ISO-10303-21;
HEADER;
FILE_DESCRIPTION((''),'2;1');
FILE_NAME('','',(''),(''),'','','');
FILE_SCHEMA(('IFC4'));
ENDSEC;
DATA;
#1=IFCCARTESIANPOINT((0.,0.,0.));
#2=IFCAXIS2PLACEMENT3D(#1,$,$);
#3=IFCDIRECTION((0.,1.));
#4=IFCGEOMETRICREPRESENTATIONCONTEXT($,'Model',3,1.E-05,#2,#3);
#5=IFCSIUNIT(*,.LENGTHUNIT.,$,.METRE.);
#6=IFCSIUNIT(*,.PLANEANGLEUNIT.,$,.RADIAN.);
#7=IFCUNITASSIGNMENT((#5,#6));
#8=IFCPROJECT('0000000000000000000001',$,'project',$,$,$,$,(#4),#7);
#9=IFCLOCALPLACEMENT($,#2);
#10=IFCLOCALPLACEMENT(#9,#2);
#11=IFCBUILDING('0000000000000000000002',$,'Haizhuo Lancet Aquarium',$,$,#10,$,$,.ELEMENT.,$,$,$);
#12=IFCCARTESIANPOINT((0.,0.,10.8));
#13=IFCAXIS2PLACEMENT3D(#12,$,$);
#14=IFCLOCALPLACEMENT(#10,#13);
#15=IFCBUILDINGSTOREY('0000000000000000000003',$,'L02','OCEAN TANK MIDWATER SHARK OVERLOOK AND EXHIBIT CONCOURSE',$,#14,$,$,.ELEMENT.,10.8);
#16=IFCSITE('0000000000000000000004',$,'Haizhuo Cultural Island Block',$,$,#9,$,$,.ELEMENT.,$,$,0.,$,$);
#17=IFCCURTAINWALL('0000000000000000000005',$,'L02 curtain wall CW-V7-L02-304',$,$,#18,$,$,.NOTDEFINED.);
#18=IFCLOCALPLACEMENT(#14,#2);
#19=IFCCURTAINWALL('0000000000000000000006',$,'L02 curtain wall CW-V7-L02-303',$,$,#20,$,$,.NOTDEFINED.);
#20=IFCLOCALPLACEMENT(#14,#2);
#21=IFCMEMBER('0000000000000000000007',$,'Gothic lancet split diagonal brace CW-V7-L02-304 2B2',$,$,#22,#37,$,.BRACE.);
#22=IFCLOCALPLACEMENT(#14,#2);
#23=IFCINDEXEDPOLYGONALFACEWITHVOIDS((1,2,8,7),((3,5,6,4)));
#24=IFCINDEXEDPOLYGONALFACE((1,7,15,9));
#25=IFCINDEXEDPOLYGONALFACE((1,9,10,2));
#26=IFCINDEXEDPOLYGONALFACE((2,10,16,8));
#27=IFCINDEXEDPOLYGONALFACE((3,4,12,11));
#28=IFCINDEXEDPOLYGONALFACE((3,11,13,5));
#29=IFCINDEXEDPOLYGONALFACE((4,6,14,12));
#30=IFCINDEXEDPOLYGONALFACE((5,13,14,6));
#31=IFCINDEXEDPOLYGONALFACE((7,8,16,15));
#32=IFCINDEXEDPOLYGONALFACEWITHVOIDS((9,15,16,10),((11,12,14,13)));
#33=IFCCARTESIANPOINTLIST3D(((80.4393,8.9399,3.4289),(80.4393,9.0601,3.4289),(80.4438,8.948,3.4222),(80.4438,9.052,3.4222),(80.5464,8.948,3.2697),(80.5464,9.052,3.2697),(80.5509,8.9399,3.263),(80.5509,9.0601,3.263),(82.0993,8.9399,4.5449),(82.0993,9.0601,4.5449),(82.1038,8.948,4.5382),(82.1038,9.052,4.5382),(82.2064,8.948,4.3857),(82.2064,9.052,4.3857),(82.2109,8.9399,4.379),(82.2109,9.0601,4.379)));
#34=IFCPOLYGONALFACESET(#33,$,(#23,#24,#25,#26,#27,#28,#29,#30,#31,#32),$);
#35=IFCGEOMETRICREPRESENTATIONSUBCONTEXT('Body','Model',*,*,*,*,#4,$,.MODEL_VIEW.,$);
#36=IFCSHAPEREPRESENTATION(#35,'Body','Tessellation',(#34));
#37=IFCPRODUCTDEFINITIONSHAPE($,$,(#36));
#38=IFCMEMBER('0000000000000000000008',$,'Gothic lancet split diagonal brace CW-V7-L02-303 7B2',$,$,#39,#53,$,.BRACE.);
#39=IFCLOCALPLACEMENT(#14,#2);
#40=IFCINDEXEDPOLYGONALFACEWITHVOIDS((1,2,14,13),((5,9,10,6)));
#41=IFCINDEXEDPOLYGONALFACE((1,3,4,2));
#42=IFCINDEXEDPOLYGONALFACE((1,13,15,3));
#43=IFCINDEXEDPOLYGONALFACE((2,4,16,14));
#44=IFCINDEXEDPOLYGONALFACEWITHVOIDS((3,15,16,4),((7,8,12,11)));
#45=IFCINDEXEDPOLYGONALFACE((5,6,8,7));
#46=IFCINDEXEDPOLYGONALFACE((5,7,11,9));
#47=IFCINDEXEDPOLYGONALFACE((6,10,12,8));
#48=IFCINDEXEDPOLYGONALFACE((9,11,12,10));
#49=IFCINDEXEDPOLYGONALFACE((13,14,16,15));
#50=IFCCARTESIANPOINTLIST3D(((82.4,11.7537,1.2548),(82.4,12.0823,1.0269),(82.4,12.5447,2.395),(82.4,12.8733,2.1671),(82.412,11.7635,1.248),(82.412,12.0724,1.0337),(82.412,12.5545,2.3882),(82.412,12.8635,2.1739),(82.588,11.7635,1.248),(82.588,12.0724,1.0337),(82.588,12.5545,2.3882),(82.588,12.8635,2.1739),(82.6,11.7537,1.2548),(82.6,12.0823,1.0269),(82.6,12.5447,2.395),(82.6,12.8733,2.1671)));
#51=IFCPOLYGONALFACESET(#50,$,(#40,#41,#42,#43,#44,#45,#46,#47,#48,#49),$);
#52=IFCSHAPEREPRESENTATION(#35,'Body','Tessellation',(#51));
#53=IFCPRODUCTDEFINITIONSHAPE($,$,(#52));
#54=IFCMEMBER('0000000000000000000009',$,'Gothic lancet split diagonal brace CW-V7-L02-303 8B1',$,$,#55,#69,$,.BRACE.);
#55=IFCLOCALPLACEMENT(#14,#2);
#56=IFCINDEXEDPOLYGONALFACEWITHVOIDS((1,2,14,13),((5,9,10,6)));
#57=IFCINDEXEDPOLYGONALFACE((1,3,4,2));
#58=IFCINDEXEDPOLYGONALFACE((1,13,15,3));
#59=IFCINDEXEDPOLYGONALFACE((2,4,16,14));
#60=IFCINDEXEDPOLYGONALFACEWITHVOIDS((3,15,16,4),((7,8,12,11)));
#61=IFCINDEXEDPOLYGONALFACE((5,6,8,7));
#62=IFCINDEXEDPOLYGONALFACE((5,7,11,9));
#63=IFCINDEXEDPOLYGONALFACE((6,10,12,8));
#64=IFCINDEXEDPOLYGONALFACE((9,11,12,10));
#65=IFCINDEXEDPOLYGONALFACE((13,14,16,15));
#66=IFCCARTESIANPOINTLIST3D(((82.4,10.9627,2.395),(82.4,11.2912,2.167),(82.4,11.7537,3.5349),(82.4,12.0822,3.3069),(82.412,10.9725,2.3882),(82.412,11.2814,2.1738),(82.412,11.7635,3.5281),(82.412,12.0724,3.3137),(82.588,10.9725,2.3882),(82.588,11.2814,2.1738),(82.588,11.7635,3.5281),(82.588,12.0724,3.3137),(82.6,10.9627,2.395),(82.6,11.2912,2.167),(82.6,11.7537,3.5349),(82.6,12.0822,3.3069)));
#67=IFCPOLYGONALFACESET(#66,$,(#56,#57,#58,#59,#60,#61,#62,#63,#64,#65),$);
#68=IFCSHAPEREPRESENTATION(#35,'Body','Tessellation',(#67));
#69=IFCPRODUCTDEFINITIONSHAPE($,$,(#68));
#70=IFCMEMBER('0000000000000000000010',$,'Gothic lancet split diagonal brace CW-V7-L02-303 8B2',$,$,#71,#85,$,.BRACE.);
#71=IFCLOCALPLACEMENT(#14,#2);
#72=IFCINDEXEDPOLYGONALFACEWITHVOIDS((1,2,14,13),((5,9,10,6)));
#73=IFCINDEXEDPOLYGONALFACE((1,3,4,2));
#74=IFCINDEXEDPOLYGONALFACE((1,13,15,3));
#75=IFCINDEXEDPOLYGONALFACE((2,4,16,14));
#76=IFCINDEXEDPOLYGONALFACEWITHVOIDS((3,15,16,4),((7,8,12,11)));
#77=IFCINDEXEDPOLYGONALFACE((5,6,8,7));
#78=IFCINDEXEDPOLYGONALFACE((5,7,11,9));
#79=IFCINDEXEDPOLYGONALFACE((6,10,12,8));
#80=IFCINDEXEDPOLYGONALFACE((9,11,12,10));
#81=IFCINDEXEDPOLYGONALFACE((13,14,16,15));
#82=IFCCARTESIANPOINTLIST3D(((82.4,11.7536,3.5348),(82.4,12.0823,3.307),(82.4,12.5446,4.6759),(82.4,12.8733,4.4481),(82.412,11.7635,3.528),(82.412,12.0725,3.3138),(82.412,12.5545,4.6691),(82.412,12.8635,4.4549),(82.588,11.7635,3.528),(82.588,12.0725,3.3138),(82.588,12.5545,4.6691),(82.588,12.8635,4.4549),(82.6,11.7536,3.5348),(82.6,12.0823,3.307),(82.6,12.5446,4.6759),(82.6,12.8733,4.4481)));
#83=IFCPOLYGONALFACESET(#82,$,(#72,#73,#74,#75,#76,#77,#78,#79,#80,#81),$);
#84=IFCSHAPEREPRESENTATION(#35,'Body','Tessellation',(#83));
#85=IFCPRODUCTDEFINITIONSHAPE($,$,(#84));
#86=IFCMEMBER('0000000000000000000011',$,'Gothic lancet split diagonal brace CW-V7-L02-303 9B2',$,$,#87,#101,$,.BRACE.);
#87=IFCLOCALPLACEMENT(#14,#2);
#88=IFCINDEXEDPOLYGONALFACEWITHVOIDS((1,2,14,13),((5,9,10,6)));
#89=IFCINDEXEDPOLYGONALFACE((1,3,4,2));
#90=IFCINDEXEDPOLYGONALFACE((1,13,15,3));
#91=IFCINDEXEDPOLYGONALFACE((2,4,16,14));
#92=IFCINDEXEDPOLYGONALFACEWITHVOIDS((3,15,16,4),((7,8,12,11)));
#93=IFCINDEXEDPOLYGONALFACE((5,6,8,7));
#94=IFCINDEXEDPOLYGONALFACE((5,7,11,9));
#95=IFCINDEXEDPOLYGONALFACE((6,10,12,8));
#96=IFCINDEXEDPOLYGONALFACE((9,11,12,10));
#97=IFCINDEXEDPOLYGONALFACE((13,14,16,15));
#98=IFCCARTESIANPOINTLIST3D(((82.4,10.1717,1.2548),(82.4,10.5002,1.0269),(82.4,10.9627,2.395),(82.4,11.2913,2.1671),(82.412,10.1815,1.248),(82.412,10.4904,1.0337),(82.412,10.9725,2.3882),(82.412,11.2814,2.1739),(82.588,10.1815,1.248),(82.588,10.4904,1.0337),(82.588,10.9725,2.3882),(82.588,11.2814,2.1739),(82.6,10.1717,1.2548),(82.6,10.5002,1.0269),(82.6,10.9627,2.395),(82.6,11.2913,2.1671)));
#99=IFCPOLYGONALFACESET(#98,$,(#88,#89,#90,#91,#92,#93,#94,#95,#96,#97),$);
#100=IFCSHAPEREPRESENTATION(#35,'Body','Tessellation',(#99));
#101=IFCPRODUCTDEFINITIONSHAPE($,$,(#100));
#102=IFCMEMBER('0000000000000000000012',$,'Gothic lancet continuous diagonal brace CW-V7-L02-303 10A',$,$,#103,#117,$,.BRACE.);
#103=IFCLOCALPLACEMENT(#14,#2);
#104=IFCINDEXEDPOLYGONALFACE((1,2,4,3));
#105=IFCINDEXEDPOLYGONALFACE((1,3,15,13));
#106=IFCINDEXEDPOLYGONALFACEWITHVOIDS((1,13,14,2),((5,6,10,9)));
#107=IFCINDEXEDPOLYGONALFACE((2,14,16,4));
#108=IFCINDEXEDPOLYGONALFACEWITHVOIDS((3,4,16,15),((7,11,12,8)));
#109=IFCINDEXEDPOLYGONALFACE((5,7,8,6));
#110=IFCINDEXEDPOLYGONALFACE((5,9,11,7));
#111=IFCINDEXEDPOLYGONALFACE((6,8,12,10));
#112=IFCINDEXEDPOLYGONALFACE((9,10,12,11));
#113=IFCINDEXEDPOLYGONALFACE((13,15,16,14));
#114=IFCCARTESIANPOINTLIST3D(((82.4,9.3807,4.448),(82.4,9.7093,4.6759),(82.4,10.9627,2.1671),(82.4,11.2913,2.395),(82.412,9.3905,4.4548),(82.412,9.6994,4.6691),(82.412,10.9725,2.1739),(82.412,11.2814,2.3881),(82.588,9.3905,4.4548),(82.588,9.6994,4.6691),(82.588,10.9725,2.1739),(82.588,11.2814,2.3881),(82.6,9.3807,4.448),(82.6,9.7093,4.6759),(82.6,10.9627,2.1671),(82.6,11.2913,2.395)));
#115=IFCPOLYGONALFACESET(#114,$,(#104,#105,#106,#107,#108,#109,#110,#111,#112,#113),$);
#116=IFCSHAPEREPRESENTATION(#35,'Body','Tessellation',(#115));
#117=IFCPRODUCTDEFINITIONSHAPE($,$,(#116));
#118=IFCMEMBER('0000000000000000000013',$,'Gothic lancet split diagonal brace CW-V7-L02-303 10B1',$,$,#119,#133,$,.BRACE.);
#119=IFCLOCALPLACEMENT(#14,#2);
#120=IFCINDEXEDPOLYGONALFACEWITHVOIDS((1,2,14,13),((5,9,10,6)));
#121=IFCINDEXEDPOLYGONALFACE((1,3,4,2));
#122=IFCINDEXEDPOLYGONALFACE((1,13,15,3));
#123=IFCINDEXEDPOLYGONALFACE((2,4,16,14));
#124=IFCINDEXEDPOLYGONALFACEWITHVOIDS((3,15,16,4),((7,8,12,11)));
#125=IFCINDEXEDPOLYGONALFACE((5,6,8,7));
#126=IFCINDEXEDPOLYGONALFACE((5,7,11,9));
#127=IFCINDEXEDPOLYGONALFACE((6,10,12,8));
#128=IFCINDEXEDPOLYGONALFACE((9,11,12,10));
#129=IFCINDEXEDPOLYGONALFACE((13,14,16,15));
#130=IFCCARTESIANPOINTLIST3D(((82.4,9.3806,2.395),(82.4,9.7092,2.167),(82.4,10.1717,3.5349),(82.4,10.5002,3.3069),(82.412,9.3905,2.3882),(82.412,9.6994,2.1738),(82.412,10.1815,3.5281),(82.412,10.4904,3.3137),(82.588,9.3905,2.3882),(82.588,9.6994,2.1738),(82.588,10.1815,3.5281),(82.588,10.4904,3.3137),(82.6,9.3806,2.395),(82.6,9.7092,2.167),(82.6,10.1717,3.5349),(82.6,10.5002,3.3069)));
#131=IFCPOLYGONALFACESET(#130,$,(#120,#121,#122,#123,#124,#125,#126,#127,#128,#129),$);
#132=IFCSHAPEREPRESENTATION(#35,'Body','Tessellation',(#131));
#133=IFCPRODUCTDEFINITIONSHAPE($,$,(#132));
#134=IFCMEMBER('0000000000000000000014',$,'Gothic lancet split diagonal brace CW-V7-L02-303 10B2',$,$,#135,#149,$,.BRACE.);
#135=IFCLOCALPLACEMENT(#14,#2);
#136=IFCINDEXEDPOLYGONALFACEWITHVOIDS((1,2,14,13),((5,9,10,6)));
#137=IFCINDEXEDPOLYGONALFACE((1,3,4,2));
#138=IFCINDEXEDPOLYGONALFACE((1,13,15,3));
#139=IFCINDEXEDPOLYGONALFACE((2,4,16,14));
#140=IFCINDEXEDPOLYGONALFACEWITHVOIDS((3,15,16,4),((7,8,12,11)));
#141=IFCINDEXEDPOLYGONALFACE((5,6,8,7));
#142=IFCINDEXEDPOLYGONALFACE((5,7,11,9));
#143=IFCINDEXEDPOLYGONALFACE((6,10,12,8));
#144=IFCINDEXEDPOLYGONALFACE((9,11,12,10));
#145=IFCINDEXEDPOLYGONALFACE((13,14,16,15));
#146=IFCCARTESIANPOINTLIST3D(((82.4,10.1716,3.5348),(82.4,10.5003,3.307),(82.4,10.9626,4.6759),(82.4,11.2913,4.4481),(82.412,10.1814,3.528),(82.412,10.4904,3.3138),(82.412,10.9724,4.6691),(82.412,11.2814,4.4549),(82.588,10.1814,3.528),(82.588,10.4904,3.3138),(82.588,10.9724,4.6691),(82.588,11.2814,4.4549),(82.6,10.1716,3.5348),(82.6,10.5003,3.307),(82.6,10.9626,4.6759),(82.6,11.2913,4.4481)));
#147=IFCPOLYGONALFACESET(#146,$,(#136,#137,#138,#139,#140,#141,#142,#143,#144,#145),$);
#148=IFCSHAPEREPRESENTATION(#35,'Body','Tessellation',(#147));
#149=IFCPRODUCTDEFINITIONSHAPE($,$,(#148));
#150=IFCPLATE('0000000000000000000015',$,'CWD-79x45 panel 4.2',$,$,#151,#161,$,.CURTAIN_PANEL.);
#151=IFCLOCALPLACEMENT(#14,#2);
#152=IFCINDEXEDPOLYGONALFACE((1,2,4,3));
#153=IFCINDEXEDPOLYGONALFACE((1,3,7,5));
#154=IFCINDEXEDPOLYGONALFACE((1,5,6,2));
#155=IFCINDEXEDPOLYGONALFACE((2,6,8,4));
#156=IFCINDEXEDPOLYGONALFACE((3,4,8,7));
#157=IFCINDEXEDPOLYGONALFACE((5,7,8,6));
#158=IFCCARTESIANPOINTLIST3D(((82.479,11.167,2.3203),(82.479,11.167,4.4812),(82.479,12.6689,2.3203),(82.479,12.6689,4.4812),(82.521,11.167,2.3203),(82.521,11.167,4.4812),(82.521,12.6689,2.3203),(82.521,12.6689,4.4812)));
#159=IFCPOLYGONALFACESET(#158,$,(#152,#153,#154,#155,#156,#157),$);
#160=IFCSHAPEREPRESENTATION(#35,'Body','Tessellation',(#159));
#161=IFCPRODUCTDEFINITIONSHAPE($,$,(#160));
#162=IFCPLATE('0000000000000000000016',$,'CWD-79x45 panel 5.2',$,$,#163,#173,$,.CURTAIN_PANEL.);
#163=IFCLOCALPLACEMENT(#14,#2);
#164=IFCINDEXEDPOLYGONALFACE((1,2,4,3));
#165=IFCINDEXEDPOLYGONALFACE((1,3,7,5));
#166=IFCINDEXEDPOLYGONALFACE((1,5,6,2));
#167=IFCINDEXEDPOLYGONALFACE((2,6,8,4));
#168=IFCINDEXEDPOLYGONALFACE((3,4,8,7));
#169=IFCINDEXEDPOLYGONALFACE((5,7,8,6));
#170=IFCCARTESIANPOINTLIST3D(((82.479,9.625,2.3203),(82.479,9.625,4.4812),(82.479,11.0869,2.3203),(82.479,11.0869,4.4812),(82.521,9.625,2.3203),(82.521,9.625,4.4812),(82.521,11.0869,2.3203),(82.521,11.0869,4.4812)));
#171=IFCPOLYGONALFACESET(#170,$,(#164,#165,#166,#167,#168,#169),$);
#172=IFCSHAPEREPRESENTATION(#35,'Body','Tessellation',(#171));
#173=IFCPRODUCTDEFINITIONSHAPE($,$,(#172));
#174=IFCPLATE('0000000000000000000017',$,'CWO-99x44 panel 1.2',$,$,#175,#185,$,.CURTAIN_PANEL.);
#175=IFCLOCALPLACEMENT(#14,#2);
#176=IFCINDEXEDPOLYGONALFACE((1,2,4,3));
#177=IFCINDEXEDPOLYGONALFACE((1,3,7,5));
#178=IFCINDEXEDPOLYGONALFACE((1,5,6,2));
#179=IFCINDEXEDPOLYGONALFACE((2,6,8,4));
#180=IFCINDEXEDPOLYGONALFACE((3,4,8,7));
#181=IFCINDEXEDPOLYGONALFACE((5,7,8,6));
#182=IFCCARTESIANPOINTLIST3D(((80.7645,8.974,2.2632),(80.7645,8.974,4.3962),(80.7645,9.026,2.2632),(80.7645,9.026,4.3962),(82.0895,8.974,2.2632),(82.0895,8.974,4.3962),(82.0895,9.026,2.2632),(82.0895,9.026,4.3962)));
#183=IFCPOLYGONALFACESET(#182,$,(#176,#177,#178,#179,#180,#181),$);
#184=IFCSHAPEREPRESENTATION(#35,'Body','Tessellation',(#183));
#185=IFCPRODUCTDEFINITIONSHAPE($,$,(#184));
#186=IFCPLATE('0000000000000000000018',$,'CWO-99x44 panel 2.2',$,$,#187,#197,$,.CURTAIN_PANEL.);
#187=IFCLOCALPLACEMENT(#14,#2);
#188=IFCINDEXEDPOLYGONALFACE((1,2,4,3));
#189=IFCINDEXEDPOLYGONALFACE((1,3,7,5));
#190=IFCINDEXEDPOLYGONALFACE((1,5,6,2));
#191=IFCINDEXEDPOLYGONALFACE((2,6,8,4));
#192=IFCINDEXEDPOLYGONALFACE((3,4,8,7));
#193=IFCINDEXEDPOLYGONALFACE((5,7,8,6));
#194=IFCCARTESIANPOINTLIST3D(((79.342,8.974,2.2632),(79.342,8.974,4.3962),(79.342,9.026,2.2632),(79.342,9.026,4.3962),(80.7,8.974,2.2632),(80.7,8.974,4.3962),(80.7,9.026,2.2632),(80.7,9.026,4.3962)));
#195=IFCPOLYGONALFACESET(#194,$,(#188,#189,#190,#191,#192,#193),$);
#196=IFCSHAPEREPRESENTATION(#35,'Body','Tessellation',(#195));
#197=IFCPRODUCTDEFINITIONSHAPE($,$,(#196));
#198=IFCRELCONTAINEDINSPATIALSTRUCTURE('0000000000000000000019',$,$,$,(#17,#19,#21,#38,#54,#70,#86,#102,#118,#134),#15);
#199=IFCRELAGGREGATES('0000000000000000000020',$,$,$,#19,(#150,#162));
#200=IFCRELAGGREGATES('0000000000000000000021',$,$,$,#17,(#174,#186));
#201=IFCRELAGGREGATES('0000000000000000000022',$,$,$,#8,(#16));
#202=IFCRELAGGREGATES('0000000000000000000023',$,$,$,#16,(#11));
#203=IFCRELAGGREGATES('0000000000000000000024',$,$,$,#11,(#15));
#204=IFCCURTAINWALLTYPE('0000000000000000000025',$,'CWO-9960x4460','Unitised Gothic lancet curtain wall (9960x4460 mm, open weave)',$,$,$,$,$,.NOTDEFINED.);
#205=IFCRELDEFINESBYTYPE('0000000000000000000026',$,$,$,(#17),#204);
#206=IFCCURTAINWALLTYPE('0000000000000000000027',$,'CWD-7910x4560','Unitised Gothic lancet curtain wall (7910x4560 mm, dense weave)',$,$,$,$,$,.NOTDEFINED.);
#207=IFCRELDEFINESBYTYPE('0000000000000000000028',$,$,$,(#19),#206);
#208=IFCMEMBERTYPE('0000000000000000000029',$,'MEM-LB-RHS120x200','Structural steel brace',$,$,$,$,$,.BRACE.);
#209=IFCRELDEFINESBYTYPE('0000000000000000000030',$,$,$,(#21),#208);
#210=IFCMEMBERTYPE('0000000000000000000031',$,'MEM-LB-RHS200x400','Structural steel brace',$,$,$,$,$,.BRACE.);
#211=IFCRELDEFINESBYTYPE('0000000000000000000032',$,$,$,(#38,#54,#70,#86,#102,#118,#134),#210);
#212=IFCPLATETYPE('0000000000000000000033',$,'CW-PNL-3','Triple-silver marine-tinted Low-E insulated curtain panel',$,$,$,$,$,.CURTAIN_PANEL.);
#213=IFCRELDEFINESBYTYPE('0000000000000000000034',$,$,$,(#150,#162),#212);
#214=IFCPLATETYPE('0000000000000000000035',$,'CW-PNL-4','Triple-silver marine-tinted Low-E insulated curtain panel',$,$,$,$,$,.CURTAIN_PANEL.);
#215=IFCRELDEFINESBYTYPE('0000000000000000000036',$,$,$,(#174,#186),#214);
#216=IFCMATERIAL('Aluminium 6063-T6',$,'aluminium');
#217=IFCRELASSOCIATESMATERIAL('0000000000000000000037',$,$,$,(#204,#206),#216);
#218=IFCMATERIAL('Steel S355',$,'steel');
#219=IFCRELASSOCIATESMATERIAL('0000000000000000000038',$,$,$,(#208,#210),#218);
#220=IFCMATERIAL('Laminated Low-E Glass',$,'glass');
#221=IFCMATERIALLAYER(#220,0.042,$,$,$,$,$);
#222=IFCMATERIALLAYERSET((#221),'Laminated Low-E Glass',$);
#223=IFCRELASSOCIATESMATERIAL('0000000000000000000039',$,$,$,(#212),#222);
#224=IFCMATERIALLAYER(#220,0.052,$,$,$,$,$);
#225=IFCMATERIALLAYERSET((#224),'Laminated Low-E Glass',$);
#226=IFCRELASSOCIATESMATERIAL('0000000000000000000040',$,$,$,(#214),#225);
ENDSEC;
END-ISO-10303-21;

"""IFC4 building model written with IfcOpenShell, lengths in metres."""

from ifc_helpers import new_model, si_unit, direction, frame, origin, origin_2d, place, context, subcontext, project, spatial, rectangle, hollow_rectangle, extrude, material, layer, layer_set, material_profile, profile_set, type_object, element, aggregate, save


model = new_model("IFC4")

# Units and contexts
model_context = context("Model", 3, precision=1e-05, world=origin(), true_north=direction((0.0, 1.0)))
body_context = subcontext(model_context, "Body", "Model", "MODEL_VIEW")
ifc_project = project(units=[si_unit("LENGTHUNIT", "METRE"), si_unit("PLANEANGLEUNIT", "RADIAN")], contexts=[model_context])

# Site, building, storey
site_placement = place(None, origin())
site = spatial("IfcSite", under=ifc_project, at=site_placement, Name="Haizhuo Cultural Island Block", CompositionType="ELEMENT", RefElevation=0.0)
building_placement = place(site_placement, origin())
building = spatial("IfcBuilding", under=site, at=building_placement, Name="Haizhuo Lancet Aquarium", CompositionType="ELEMENT")
storey_placement = place(building_placement, frame((0.0, 0.0, 10.8)))
storey = spatial("IfcBuildingStorey", under=building, at=storey_placement, Name="L02", Description="OCEAN TANK MIDWATER SHARK OVERLOOK AND EXHIBIT CONCOURSE", CompositionType="ELEMENT", Elevation=10.8)

# Shared definitions
ifc_material_1 = material(Name="Steel S355", Category="steel")

# Curtain walls
ifc_material_2 = material(Name="Aluminium 6063-T6", Category="aluminium")
curtain_wall_type_1 = type_object("IfcCurtainWallType", Name="CWO-9960x4460", Description="Unitised Gothic lancet curtain wall (9960x4460 mm, open weave)", PredefinedType="NOTDEFINED", material=ifc_material_2)
curtain_wall_1_placement = place(storey_placement, origin())
curtain_wall_1 = element("IfcCurtainWall", 1, at=curtain_wall_1_placement, inside=storey, type_object=curtain_wall_type_1, Name="L02 curtain wall CW-V7-L02-304", PredefinedType="NOTDEFINED")
curtain_wall_type_2 = type_object("IfcCurtainWallType", Name="CWD-7910x4560", Description="Unitised Gothic lancet curtain wall (7910x4560 mm, dense weave)", PredefinedType="NOTDEFINED", material=ifc_material_2)
curtain_wall_2_placement = place(storey_placement, origin())
curtain_wall_2 = element("IfcCurtainWall", 2, at=curtain_wall_2_placement, inside=storey, type_object=curtain_wall_type_2, Name="L02 curtain wall CW-V7-L02-303", PredefinedType="NOTDEFINED")

# Members
ifc_material_profile_1 = material_profile(ifc_material_1, hollow_rectangle(XDim=0.1201, YDim=0.2, WallThickness=0.0081, at=origin_2d()), Name="RHS 120x200x8")
ifc_profile_set_1 = profile_set([ifc_material_profile_1], Name="Steel S355")
member_type_1 = type_object("IfcMemberType", Name="MEM-LB-RHS120x200", Description="Structural steel brace", PredefinedType="BRACE", material=ifc_profile_set_1)
member_1_placement = place(storey_placement, frame((80.4951, 9.0, 3.3459), z_axis=(0.829884, 0.0, 0.557935), x_axis=(0.0, 1.0, 0.0)))
element("IfcMember", 3, at=member_1_placement, inside=storey, type_object=member_type_1, Name="Gothic lancet split diagonal brace CW-V7-L02-304 2B2", PredefinedType="BRACE", context=body_context, shape_type="SweptSolid", body=[
    extrude(hollow_rectangle(XDim=0.1201, YDim=0.2, WallThickness=0.0081, at=origin_2d()), origin(), (0.0, 0.0, 1.0), 2.0002),
])
ifc_material_profile_2 = material_profile(ifc_material_1, hollow_rectangle(XDim=0.2, YDim=0.3999, WallThickness=0.012, at=origin_2d()), Name="RHS 200x400x12")
ifc_profile_set_2 = profile_set([ifc_material_profile_2], Name="Steel S355")
member_type_2 = type_object("IfcMemberType", Name="MEM-LB-RHS200x400", Description="Structural steel brace", PredefinedType="BRACE", material=ifc_profile_set_2)
member_2_placement = place(storey_placement, frame((82.5, 11.918, 1.1409), z_axis=(0.0, 0.570033, 0.821622), x_axis=(-1.0, 0.0, 0.0)))
element("IfcMember", 4, at=member_2_placement, inside=storey, type_object=member_type_2, Name="Gothic lancet split diagonal brace CW-V7-L02-303 7B2", PredefinedType="BRACE", context=body_context, shape_type="SweptSolid", body=[
    extrude(hollow_rectangle(XDim=0.2, YDim=0.3999, WallThickness=0.012, at=origin_2d()), origin(), (0.0, 0.0, 1.0), 1.3877),
])
member_3_placement = place(storey_placement, frame((82.5, 11.127, 2.281), z_axis=(0.0, 0.570115, 0.821565), x_axis=(-1.0, 0.0, 0.0)))
element("IfcMember", 5, at=member_3_placement, inside=storey, type_object=member_type_2, Name="Gothic lancet split diagonal brace CW-V7-L02-303 8B1", PredefinedType="BRACE", context=body_context, shape_type="SweptSolid", body=[
    extrude(hollow_rectangle(XDim=0.2, YDim=0.3999, WallThickness=0.012, at=origin_2d()), origin(), (0.0, 0.0, 1.0), 1.3875),
])
member_4_placement = place(storey_placement, frame((82.5, 11.918, 3.4209), z_axis=(0.0, 0.569704, 0.82185), x_axis=(-1.0, 0.0, 0.0)))
element("IfcMember", 6, at=member_4_placement, inside=storey, type_object=member_type_2, Name="Gothic lancet split diagonal brace CW-V7-L02-303 8B2", PredefinedType="BRACE", context=body_context, shape_type="SweptSolid", body=[
    extrude(hollow_rectangle(XDim=0.2, YDim=0.3999, WallThickness=0.012, at=origin_2d()), origin(), (0.0, 0.0, 1.0), 1.3884),
])
member_5_placement = place(storey_placement, frame((82.5, 10.3359, 1.1409), z_axis=(0.0, 0.570033, 0.821622), x_axis=(-1.0, 0.0, 0.0)))
element("IfcMember", 7, at=member_5_placement, inside=storey, type_object=member_type_2, Name="Gothic lancet split diagonal brace CW-V7-L02-303 9B2", PredefinedType="BRACE", context=body_context, shape_type="SweptSolid", body=[
    extrude(hollow_rectangle(XDim=0.2, YDim=0.3999, WallThickness=0.012, at=origin_2d()), origin(), (0.0, 0.0, 1.0), 1.3877),
])
member_6_placement = place(storey_placement, frame((82.5, 11.127, 2.281), z_axis=(0.0, -0.569909, 0.821707), x_axis=(1.0, 0.0, 0.0)))
element("IfcMember", 8, at=member_6_placement, inside=storey, type_object=member_type_2, Name="Gothic lancet continuous diagonal brace CW-V7-L02-303 10A", PredefinedType="BRACE", context=body_context, shape_type="SweptSolid", body=[
    extrude(hollow_rectangle(XDim=0.2, YDim=0.3999, WallThickness=0.012, at=origin_2d()), origin(), (0.0, 0.0, 1.0), 2.7759),
])
member_7_placement = place(storey_placement, frame((82.5, 9.5449, 2.281), z_axis=(0.0, 0.570115, 0.821565), x_axis=(-1.0, 0.0, 0.0)))
element("IfcMember", 9, at=member_7_placement, inside=storey, type_object=member_type_2, Name="Gothic lancet split diagonal brace CW-V7-L02-303 10B1", PredefinedType="BRACE", context=body_context, shape_type="SweptSolid", body=[
    extrude(hollow_rectangle(XDim=0.2, YDim=0.3999, WallThickness=0.012, at=origin_2d()), origin(), (0.0, 0.0, 1.0), 1.3875),
])
member_8_placement = place(storey_placement, frame((82.5, 10.3359, 3.4209), z_axis=(0.0, 0.569704, 0.82185), x_axis=(-1.0, 0.0, 0.0)))
element("IfcMember", 10, at=member_8_placement, inside=storey, type_object=member_type_2, Name="Gothic lancet split diagonal brace CW-V7-L02-303 10B2", PredefinedType="BRACE", context=body_context, shape_type="SweptSolid", body=[
    extrude(hollow_rectangle(XDim=0.2, YDim=0.3999, WallThickness=0.012, at=origin_2d()), origin(), (0.0, 0.0, 1.0), 1.3884),
])

# Plates
ifc_material_3 = material(Name="Laminated Low-E Glass", Category="glass")
ifc_layer_1 = layer(ifc_material_3, 0.042)
ifc_layer_set_1 = layer_set([ifc_layer_1], Name="Laminated Low-E Glass")
plate_type_1 = type_object("IfcPlateType", Name="CW-PNL-3", Description="Triple-silver marine-tinted Low-E insulated curtain panel", PredefinedType="CURTAIN_PANEL", material=ifc_layer_set_1)
plate_1_placement = place(storey_placement, frame((82.5, 11.918, 2.3203), z_axis=(0.0, 0.0, 1.0), x_axis=(0.0, -1.0, 0.0)))
plate_1 = element("IfcPlate", 11, at=plate_1_placement, type_object=plate_type_1, Name="CWD-79x45 panel 4.2", PredefinedType="CURTAIN_PANEL", context=body_context, shape_type="SweptSolid", body=[
    extrude(rectangle(XDim=1.502, YDim=0.042, at=origin_2d()), origin(), (0.0, 0.0, 1.0), 2.1609),
])
plate_2_placement = place(storey_placement, frame((82.5, 10.356, 2.3203), z_axis=(0.0, 0.0, 1.0), x_axis=(0.0, -1.0, 0.0)))
plate_2 = element("IfcPlate", 12, at=plate_2_placement, type_object=plate_type_1, Name="CWD-79x45 panel 5.2", PredefinedType="CURTAIN_PANEL", context=body_context, shape_type="SweptSolid", body=[
    extrude(rectangle(XDim=1.4619, YDim=0.042, at=origin_2d()), origin(), (0.0, 0.0, 1.0), 2.1609),
])
aggregate(curtain_wall_2, [plate_1, plate_2])
ifc_layer_2 = layer(ifc_material_3, 0.052)
ifc_layer_set_2 = layer_set([ifc_layer_2], Name="Laminated Low-E Glass")
plate_type_2 = type_object("IfcPlateType", Name="CW-PNL-4", Description="Triple-silver marine-tinted Low-E insulated curtain panel", PredefinedType="CURTAIN_PANEL", material=ifc_layer_set_2)
plate_3_placement = place(storey_placement, frame((81.427, 9.0, 2.2632), z_axis=(0.0, 0.0, 1.0), x_axis=(-1.0, 0.0, 0.0)))
plate_3 = element("IfcPlate", 13, at=plate_3_placement, type_object=plate_type_2, Name="CWO-99x44 panel 1.2", PredefinedType="CURTAIN_PANEL", context=body_context, shape_type="SweptSolid", body=[
    extrude(rectangle(XDim=1.325, YDim=0.052, at=origin_2d()), origin(), (0.0, 0.0, 1.0), 2.1331),
])
plate_4_placement = place(storey_placement, frame((80.021, 9.0, 2.2632), z_axis=(0.0, 0.0, 1.0), x_axis=(-1.0, 0.0, 0.0)))
plate_4 = element("IfcPlate", 14, at=plate_4_placement, type_object=plate_type_2, Name="CWO-99x44 panel 2.2", PredefinedType="CURTAIN_PANEL", context=body_context, shape_type="SweptSolid", body=[
    extrude(rectangle(XDim=1.3579, YDim=0.052, at=origin_2d()), origin(), (0.0, 0.0, 1.0), 2.1331),
])
aggregate(curtain_wall_1, [plate_3, plate_4])

save(model, "model.ifc")
